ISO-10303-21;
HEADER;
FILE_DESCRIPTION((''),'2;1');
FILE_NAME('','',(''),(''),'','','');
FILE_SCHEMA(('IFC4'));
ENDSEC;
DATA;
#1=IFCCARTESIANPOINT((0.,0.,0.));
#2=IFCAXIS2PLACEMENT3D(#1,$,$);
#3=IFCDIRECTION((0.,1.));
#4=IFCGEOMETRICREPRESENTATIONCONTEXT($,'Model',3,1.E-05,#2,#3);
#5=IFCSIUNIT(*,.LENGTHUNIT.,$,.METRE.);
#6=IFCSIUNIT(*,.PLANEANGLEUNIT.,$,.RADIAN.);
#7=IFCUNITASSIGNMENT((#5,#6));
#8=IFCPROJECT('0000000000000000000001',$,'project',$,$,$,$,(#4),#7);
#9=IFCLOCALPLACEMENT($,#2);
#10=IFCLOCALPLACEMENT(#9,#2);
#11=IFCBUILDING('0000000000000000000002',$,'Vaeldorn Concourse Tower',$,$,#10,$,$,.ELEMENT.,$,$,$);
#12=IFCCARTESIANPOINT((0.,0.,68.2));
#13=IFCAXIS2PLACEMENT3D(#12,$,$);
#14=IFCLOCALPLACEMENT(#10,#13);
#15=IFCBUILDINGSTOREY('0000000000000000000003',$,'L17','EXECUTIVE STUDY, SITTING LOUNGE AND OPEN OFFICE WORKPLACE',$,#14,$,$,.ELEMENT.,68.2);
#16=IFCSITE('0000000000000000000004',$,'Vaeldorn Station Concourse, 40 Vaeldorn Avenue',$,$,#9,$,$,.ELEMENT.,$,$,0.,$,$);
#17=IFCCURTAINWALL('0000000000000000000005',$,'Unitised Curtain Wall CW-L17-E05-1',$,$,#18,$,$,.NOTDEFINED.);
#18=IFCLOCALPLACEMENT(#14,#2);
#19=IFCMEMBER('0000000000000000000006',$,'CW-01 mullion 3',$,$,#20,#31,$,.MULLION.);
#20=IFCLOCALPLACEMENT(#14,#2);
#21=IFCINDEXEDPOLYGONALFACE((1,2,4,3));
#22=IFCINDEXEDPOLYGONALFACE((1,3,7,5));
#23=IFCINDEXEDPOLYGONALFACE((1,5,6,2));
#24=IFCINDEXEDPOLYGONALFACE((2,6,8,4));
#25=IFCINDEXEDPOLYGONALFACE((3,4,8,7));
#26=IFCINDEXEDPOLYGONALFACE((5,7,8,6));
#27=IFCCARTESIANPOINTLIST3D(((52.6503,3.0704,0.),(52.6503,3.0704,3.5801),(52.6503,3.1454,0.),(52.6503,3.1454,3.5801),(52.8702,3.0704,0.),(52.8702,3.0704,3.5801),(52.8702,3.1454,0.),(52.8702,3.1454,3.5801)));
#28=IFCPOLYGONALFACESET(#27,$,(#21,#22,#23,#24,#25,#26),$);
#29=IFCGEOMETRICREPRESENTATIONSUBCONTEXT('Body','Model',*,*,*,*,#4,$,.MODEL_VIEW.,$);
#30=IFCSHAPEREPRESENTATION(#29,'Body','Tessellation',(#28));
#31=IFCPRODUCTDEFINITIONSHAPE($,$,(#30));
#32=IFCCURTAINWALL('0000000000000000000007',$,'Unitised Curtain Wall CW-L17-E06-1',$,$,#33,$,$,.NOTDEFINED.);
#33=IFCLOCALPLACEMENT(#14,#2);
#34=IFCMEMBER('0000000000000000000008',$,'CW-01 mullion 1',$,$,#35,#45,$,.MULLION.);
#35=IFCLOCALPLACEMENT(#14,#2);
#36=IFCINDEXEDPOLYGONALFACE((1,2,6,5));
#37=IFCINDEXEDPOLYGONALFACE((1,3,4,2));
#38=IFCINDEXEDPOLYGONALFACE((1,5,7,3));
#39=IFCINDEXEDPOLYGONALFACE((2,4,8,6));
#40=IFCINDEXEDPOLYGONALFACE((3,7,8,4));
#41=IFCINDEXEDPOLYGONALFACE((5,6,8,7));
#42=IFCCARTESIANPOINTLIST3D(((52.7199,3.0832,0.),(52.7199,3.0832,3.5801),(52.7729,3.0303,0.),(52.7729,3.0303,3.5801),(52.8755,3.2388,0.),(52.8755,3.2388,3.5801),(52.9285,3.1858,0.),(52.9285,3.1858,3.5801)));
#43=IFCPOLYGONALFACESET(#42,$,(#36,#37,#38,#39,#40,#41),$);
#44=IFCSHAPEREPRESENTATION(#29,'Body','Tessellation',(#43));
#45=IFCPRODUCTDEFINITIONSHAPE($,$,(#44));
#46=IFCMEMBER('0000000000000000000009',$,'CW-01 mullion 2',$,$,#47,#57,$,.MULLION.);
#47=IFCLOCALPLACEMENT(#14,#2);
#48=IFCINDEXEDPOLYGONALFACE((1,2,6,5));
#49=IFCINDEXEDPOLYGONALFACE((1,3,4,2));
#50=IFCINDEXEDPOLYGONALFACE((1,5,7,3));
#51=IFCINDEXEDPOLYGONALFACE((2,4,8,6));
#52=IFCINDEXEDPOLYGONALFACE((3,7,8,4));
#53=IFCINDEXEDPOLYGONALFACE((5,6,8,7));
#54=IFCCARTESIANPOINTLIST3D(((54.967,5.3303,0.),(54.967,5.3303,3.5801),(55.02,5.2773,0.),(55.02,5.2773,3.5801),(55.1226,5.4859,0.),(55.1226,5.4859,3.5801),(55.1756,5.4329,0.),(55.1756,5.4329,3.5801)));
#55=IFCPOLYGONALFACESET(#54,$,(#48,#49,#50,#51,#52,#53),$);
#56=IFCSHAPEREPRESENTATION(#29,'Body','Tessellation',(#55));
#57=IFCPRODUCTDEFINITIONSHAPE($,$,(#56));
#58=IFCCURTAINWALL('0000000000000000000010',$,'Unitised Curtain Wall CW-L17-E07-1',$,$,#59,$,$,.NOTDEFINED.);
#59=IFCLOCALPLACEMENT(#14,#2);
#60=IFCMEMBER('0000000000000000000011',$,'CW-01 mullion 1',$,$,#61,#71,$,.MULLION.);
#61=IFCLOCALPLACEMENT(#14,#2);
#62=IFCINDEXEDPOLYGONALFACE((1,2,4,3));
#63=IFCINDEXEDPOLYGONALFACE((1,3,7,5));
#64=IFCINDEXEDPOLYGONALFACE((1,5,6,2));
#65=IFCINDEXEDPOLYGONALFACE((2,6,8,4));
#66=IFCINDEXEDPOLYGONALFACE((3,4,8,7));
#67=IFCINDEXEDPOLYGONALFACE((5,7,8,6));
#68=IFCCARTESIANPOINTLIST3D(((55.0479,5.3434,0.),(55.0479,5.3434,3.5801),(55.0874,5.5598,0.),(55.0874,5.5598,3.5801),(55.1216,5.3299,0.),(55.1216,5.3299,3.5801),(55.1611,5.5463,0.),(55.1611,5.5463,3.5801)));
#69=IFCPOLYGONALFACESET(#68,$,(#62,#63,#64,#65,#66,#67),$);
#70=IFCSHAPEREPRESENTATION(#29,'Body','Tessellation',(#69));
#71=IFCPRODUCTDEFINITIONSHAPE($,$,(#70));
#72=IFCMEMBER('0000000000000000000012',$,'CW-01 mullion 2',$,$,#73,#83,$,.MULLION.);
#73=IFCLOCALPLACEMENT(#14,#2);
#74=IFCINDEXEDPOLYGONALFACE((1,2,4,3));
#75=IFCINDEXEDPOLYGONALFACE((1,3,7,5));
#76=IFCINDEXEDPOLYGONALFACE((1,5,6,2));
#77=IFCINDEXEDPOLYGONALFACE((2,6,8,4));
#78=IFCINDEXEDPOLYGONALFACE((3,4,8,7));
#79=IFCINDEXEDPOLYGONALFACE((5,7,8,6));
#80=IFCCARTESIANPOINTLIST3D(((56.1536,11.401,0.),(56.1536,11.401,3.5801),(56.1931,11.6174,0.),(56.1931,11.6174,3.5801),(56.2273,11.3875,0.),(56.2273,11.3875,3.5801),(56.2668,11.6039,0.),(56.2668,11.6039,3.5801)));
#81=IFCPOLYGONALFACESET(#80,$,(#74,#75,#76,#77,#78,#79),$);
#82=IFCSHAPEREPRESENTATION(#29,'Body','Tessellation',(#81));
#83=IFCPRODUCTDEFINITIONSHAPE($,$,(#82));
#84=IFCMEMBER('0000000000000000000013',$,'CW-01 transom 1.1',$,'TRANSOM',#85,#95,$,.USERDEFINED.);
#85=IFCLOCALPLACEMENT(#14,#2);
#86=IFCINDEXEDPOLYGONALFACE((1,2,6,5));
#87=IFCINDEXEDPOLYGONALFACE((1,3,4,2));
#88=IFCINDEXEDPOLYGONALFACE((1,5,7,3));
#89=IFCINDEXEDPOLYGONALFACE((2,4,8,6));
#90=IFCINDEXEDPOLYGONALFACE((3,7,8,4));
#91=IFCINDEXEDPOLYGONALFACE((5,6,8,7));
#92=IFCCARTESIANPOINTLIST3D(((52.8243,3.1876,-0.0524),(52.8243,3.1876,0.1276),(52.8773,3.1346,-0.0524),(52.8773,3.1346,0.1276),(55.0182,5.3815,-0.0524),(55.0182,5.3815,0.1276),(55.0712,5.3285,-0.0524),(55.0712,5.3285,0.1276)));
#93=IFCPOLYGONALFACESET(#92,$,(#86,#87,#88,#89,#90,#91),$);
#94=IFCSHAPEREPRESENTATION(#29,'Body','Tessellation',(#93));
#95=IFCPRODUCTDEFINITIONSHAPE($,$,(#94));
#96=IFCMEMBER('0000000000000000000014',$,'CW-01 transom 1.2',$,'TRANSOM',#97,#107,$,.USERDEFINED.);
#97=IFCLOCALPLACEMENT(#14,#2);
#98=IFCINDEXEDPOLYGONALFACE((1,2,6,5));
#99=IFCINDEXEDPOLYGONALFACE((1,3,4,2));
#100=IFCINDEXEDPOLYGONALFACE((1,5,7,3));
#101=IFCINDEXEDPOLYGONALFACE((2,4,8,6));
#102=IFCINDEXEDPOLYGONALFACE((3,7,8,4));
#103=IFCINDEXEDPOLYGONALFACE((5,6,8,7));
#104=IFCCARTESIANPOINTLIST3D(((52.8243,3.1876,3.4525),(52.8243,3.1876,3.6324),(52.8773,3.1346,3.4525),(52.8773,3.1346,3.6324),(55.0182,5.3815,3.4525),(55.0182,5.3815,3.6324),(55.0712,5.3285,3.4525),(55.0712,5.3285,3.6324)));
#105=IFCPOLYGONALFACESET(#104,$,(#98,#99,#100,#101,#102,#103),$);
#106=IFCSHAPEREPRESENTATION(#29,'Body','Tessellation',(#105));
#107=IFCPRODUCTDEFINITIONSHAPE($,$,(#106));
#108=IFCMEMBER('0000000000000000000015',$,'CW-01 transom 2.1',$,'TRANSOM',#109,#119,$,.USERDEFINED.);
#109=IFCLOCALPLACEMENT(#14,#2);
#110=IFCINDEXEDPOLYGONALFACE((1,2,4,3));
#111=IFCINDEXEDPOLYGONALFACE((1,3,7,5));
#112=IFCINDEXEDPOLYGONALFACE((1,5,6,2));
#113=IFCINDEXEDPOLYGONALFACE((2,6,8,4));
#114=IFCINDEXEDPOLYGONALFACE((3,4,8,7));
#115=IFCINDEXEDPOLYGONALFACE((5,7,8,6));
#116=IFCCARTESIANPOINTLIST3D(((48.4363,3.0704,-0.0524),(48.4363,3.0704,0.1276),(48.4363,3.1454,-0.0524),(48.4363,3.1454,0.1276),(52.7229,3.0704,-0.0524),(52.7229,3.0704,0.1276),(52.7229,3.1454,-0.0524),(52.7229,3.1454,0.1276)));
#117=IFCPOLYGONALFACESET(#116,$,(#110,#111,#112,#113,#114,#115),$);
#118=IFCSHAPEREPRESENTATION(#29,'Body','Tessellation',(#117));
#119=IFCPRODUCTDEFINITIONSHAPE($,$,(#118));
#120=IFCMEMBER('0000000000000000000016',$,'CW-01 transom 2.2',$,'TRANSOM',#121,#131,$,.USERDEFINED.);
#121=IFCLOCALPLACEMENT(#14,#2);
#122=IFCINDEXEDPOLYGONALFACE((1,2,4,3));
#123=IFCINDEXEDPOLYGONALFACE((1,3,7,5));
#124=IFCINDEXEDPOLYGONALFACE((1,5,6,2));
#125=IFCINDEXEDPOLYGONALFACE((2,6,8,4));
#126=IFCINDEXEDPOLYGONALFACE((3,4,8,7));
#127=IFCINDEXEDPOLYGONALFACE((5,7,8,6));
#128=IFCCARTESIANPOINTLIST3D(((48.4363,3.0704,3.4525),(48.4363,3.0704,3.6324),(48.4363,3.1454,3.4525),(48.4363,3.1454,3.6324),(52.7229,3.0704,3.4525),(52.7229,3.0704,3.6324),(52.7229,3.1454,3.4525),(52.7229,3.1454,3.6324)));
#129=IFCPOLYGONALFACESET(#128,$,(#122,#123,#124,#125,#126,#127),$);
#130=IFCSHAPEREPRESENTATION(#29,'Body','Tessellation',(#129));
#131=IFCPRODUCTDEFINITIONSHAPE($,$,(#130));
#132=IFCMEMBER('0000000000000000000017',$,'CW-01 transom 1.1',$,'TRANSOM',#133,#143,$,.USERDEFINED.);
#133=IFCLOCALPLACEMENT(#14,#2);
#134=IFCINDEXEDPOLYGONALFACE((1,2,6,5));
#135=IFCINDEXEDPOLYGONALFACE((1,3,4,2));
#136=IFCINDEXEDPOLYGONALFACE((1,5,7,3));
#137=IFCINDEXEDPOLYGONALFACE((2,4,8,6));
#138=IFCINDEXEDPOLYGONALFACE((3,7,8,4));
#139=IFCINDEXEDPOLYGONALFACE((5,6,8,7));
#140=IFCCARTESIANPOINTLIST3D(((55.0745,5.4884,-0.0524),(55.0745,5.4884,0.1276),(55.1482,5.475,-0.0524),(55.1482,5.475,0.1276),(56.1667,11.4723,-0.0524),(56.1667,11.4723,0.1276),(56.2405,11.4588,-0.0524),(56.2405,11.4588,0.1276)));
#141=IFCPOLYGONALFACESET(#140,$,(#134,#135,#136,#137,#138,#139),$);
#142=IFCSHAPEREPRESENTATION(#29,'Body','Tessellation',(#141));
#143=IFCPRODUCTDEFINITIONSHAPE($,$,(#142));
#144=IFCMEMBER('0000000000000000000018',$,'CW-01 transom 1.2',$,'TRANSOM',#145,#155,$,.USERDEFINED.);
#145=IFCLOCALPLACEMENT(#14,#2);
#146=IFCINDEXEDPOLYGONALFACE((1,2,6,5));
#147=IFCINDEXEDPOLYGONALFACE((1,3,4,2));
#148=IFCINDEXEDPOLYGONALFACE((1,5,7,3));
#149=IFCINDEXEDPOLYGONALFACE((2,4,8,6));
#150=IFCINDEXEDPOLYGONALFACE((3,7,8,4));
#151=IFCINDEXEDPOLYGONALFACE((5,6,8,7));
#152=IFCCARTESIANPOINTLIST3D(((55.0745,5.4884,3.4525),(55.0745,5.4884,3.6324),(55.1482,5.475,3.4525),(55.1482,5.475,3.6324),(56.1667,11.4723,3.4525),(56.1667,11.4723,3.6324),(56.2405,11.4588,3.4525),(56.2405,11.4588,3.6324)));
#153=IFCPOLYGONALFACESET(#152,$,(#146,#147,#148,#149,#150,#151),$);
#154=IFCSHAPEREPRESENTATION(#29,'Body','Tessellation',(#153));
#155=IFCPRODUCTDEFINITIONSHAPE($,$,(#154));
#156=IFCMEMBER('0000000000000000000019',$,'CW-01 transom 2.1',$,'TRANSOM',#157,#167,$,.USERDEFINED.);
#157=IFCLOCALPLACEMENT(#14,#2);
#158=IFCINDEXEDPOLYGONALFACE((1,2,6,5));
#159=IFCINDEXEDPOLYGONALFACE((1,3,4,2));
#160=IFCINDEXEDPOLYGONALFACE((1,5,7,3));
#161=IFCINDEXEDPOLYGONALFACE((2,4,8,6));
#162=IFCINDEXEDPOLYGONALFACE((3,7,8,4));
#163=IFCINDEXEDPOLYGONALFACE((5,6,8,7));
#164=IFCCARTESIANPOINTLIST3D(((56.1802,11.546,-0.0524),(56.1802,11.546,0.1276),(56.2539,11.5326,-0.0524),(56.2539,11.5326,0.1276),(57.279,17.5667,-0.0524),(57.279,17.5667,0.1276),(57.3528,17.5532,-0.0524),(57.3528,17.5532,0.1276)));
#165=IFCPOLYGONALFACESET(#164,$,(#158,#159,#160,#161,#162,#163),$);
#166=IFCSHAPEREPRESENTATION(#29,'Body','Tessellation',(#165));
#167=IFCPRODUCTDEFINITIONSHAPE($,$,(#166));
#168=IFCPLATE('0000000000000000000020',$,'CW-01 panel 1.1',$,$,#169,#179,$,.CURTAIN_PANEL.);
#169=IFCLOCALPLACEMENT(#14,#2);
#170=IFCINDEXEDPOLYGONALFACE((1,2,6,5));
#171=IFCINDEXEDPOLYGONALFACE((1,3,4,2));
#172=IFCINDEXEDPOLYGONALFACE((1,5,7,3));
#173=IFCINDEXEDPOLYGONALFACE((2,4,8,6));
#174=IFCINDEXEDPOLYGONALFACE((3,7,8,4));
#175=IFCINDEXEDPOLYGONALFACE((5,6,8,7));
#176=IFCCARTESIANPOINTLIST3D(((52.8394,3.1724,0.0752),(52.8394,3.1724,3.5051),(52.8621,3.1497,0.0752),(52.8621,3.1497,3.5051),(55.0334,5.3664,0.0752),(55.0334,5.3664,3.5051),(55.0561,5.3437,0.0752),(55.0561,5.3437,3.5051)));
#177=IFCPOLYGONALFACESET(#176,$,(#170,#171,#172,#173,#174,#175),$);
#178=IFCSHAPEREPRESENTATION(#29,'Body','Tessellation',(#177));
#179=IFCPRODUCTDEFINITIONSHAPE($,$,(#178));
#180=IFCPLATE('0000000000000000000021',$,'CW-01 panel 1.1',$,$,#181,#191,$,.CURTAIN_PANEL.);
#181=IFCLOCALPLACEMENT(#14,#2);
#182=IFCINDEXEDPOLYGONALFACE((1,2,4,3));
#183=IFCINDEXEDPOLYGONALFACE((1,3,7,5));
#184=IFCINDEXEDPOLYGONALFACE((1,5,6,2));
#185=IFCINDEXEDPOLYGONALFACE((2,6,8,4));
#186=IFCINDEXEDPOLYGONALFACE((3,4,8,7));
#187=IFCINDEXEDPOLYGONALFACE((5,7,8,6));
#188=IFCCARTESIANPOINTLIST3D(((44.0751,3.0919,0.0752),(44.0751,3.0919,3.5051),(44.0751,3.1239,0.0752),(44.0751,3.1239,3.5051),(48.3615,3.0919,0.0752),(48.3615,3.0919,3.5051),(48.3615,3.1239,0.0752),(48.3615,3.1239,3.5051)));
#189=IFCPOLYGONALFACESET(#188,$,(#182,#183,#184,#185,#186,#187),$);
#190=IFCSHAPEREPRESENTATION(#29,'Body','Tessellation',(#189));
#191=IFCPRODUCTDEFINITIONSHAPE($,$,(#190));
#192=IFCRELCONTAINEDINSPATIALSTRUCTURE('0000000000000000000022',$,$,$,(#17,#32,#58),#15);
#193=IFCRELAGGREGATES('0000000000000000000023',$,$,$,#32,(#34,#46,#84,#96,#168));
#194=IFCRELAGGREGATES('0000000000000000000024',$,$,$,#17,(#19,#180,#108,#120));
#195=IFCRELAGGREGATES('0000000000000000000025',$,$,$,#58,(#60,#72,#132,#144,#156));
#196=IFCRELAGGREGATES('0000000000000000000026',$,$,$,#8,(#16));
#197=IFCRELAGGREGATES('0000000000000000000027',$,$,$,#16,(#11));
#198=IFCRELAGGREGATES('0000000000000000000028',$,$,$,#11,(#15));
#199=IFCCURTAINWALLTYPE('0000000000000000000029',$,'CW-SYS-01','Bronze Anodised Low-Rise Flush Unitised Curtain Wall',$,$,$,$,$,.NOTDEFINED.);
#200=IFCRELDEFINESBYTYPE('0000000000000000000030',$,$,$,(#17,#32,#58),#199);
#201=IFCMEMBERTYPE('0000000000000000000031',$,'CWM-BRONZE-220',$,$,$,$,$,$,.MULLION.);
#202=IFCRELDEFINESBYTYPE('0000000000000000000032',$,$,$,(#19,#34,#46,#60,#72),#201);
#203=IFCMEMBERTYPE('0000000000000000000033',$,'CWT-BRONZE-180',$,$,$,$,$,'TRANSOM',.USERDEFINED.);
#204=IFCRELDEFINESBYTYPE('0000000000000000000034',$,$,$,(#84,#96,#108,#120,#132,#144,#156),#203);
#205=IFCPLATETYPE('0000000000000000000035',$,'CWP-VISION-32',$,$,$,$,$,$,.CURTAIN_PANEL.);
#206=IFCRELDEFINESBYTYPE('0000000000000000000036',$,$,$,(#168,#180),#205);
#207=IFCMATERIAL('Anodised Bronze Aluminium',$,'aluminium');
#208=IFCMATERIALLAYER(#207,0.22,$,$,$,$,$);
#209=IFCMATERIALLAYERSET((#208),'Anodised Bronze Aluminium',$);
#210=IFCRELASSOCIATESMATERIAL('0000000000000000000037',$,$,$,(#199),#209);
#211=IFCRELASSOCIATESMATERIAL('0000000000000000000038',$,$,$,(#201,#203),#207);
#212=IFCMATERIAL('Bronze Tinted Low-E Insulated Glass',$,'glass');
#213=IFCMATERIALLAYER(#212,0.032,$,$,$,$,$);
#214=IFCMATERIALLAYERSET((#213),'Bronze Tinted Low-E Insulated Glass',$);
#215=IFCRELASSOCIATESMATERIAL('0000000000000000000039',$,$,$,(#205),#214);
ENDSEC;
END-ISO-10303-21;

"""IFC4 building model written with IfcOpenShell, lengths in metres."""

from ifc_helpers import new_model, si_unit, direction, frame, origin, origin_2d, place, context, subcontext, project, spatial, rectangle, extrude, source, transform, mapped, material, layer, layer_set, material_profile, profile_set, type_object, element, aggregate, save


model = new_model("IFC4")

# Units and contexts
model_context = context("Model", 3, precision=1e-05, world=origin(), true_north=direction((0.0, 1.0)))
body_context = subcontext(model_context, "Body", "Model", "MODEL_VIEW")
ifc_project = project(units=[si_unit("LENGTHUNIT", "METRE"), si_unit("PLANEANGLEUNIT", "RADIAN")], contexts=[model_context])

# Site, building, storey
site_placement = place(None, origin())
site = spatial("IfcSite", under=ifc_project, at=site_placement, Name="Vaeldorn Station Concourse, 40 Vaeldorn Avenue", CompositionType="ELEMENT", RefElevation=0.0)
building_placement = place(site_placement, origin())
building = spatial("IfcBuilding", under=site, at=building_placement, Name="Vaeldorn Concourse Tower", CompositionType="ELEMENT")
storey_placement = place(building_placement, frame((0.0, 0.0, 68.2)))
storey = spatial("IfcBuildingStorey", under=building, at=storey_placement, Name="L17", Description="EXECUTIVE STUDY, SITTING LOUNGE AND OPEN OFFICE WORKPLACE", CompositionType="ELEMENT", Elevation=68.2)

# Curtain walls, members
ifc_material_1 = material(Name="Anodised Bronze Aluminium", Category="aluminium")
ifc_layer_1 = layer(ifc_material_1, 0.22)
ifc_layer_set_1 = layer_set([ifc_layer_1], Name="Anodised Bronze Aluminium")
curtain_wall_type = type_object("IfcCurtainWallType", Name="CW-SYS-01", Description="Bronze Anodised Low-Rise Flush Unitised Curtain Wall", PredefinedType="NOTDEFINED", material=ifc_layer_set_1)
curtain_wall_1_placement = place(storey_placement, origin())
curtain_wall_1 = element("IfcCurtainWall", 1, at=curtain_wall_1_placement, inside=storey, type_object=curtain_wall_type, Name="Unitised Curtain Wall CW-L17-E05-1", PredefinedType="NOTDEFINED")
ifc_material_profile_1 = material_profile(ifc_material_1, rectangle(XDim=0.075, YDim=0.22, at=origin_2d()), Name="CWM 75x220")
ifc_profile_set_1 = profile_set([ifc_material_profile_1], Name="Anodised Bronze Aluminium")
member_type_1 = type_object("IfcMemberType", Name="CWM-BRONZE-220", PredefinedType="MULLION", material=ifc_profile_set_1)
shared_shape_1 = source(origin(), body_context, "Body", "SweptSolid", [
    extrude(rectangle(XDim=0.075, YDim=0.22, at=origin_2d()), origin(), (0.0, 0.0, 1.0), 3.5801),
])
member_1_placement = place(storey_placement, frame((52.7603, 3.1079, 0.0), z_axis=(0.0, 0.0, 1.0), x_axis=(0.0, 1.0, 0.0)))
member_1 = element("IfcMember", 2, at=member_1_placement, type_object=member_type_1, Name="CW-01 mullion 3", PredefinedType="MULLION", context=body_context, shape_type="MappedRepresentation", body=[
    mapped(shared_shape_1, transform((0.0, 0.0, 0.0), scale=1.0)),
])
curtain_wall_2_placement = place(storey_placement, origin())
curtain_wall_2 = element("IfcCurtainWall", 3, at=curtain_wall_2_placement, inside=storey, type_object=curtain_wall_type, Name="Unitised Curtain Wall CW-L17-E06-1", PredefinedType="NOTDEFINED")
member_2_placement = place(storey_placement, frame((52.8242, 3.1345, 0.0), z_axis=(0.0, 0.0, 1.0), x_axis=(-0.707107, 0.707107, 0.0)))
member_2 = element("IfcMember", 4, at=member_2_placement, type_object=member_type_1, Name="CW-01 mullion 1", PredefinedType="MULLION", context=body_context, shape_type="MappedRepresentation", body=[
    mapped(shared_shape_1, transform((0.0, 0.0, 0.0), scale=1.0)),
])
member_3_placement = place(storey_placement, frame((55.0713, 5.3816, 0.0), z_axis=(0.0, 0.0, 1.0), x_axis=(-0.707107, 0.707107, 0.0)))
member_3 = element("IfcMember", 5, at=member_3_placement, type_object=member_type_1, Name="CW-01 mullion 2", PredefinedType="MULLION", context=body_context, shape_type="MappedRepresentation", body=[
    mapped(shared_shape_1, transform((0.0, 0.0, 0.0), scale=1.0)),
])
curtain_wall_3_placement = place(storey_placement, origin())
curtain_wall_3 = element("IfcCurtainWall", 6, at=curtain_wall_3_placement, inside=storey, type_object=curtain_wall_type, Name="Unitised Curtain Wall CW-L17-E07-1", PredefinedType="NOTDEFINED")
member_4_placement = place(storey_placement, frame((55.1045, 5.4448, 0.0), z_axis=(0.0, 0.0, 1.0), x_axis=(-0.983746, 0.179565, 0.0)))
member_4 = element("IfcMember", 7, at=member_4_placement, type_object=member_type_1, Name="CW-01 mullion 1", PredefinedType="MULLION", context=body_context, shape_type="MappedRepresentation", body=[
    mapped(shared_shape_1, transform((0.0, 0.0, 0.0), scale=1.0)),
])
member_5_placement = place(storey_placement, frame((56.2102, 11.5024, 0.0), z_axis=(0.0, 0.0, 1.0), x_axis=(-0.983746, 0.179565, 0.0)))
member_5 = element("IfcMember", 8, at=member_5_placement, type_object=member_type_1, Name="CW-01 mullion 2", PredefinedType="MULLION", context=body_context, shape_type="MappedRepresentation", body=[
    mapped(shared_shape_1, transform((0.0, 0.0, 0.0), scale=1.0)),
])

# Members
ifc_material_profile_2 = material_profile(ifc_material_1, rectangle(XDim=0.075, YDim=0.1799, at=origin_2d()), Name="CWT 75x180")
ifc_profile_set_2 = profile_set([ifc_material_profile_2], Name="Anodised Bronze Aluminium")
member_type_2 = type_object("IfcMemberType", Name="CWT-BRONZE-180", ElementType="TRANSOM", PredefinedType="USERDEFINED", material=ifc_profile_set_2)
shared_shape_2 = source(origin(), body_context, "Body", "SweptSolid", [
    extrude(rectangle(XDim=0.075, YDim=0.1799, at=origin_2d()), origin(), (0.0, 0.0, 1.0), 3.1025),
])
member_6_placement = place(storey_placement, frame((52.8508, 3.1611, 0.0376), z_axis=(0.707107, 0.707107, 0.0), x_axis=(-0.707107, 0.707107, 0.0)))
member_6 = element("IfcMember", 9, at=member_6_placement, type_object=member_type_2, Name="CW-01 transom 1.1", ObjectType="TRANSOM", PredefinedType="USERDEFINED", context=body_context, shape_type="MappedRepresentation", body=[
    mapped(shared_shape_2, transform((0.0, 0.0, 0.0), scale=1.0)),
])
member_7_placement = place(storey_placement, frame((52.8508, 3.1611, 3.5425), z_axis=(0.707107, 0.707107, 0.0), x_axis=(-0.707107, 0.707107, 0.0)))
member_7 = element("IfcMember", 10, at=member_7_placement, type_object=member_type_2, Name="CW-01 transom 1.2", ObjectType="TRANSOM", PredefinedType="USERDEFINED", context=body_context, shape_type="MappedRepresentation", body=[
    mapped(shared_shape_2, transform((0.0, 0.0, 0.0), scale=1.0)),
])
shared_shape_3 = source(origin(), body_context, "Body", "SweptSolid", [
    extrude(rectangle(XDim=0.075, YDim=0.1799, at=origin_2d()), origin(), (0.0, 0.0, 1.0), 4.2866),
])
member_8_placement = place(storey_placement, frame((48.4363, 3.1079, 0.0376), z_axis=(1.0, 0.0, 0.0), x_axis=(0.0, 1.0, 0.0)))
member_8 = element("IfcMember", 11, at=member_8_placement, type_object=member_type_2, Name="CW-01 transom 2.1", ObjectType="TRANSOM", PredefinedType="USERDEFINED", context=body_context, shape_type="MappedRepresentation", body=[
    mapped(shared_shape_3, transform((0.0, 0.0, 0.0), scale=1.0)),
])
member_9_placement = place(storey_placement, frame((48.4363, 3.1079, 3.5425), z_axis=(1.0, 0.0, 0.0), x_axis=(0.0, 1.0, 0.0)))
member_9 = element("IfcMember", 12, at=member_9_placement, type_object=member_type_2, Name="CW-01 transom 2.2", ObjectType="TRANSOM", PredefinedType="USERDEFINED", context=body_context, shape_type="MappedRepresentation", body=[
    mapped(shared_shape_3, transform((0.0, 0.0, 0.0), scale=1.0)),
])
shared_shape_4 = source(origin(), body_context, "Body", "SweptSolid", [
    extrude(rectangle(XDim=0.075, YDim=0.1799, at=origin_2d()), origin(), (0.0, 0.0, 1.0), 6.0828),
])
member_10_placement = place(storey_placement, frame((55.1113, 5.4817, 0.0376), z_axis=(0.179571, 0.983745, 0.0), x_axis=(-0.983745, 0.179571, 0.0)))
member_10 = element("IfcMember", 13, at=member_10_placement, type_object=member_type_2, Name="CW-01 transom 1.1", ObjectType="TRANSOM", PredefinedType="USERDEFINED", context=body_context, shape_type="MappedRepresentation", body=[
    mapped(shared_shape_4, transform((0.0, 0.0, 0.0), scale=1.0)),
])
member_11_placement = place(storey_placement, frame((55.1113, 5.4817, 3.5425), z_axis=(0.179571, 0.983745, 0.0), x_axis=(-0.983745, 0.179571, 0.0)))
member_11 = element("IfcMember", 14, at=member_11_placement, type_object=member_type_2, Name="CW-01 transom 1.2", ObjectType="TRANSOM", PredefinedType="USERDEFINED", context=body_context, shape_type="MappedRepresentation", body=[
    mapped(shared_shape_4, transform((0.0, 0.0, 0.0), scale=1.0)),
])
shared_shape_5 = source(origin(), body_context, "Body", "SweptSolid", [
    extrude(rectangle(XDim=0.075, YDim=0.1799, at=origin_2d()), origin(), (0.0, 0.0, 1.0), 6.1201),
])
member_12_placement = place(storey_placement, frame((56.217, 11.5393, 0.0376), z_axis=(0.179549, 0.983749, 0.0), x_axis=(-0.983749, 0.179549, 0.0)))
member_12 = element("IfcMember", 15, at=member_12_placement, type_object=member_type_2, Name="CW-01 transom 2.1", ObjectType="TRANSOM", PredefinedType="USERDEFINED", context=body_context, shape_type="MappedRepresentation", body=[
    mapped(shared_shape_5, transform((0.0, 0.0, 0.0), scale=1.0)),
])

# Plates
ifc_material_2 = material(Name="Bronze Tinted Low-E Insulated Glass", Category="glass")
ifc_layer_2 = layer(ifc_material_2, 0.032)
ifc_layer_set_2 = layer_set([ifc_layer_2], Name="Bronze Tinted Low-E Insulated Glass")
plate_type = type_object("IfcPlateType", Name="CWP-VISION-32", PredefinedType="CURTAIN_PANEL", material=ifc_layer_set_2)
shared_shape_6 = source(origin(), body_context, "Body", "SweptSolid", [
    extrude(rectangle(XDim=3.1028, YDim=0.032, at=origin_2d()), origin(), (0.0, 0.0, 1.0), 3.4299),
])
plate_1_placement = place(storey_placement, frame((53.9478, 4.2581, 0.0752), z_axis=(0.0, 0.0, 1.0), x_axis=(0.707107, 0.707107, 0.0)))
plate_1 = element("IfcPlate", 16, at=plate_1_placement, type_object=plate_type, Name="CW-01 panel 1.1", PredefinedType="CURTAIN_PANEL", context=body_context, shape_type="MappedRepresentation", body=[
    mapped(shared_shape_6, transform((0.0, 0.0, 0.0), scale=1.0)),
])
aggregate(curtain_wall_2, [member_2, member_3, member_6, member_7, plate_1])
shared_shape_7 = source(origin(), body_context, "Body", "SweptSolid", [
    extrude(rectangle(XDim=4.2864, YDim=0.032, at=origin_2d()), origin(), (0.0, 0.0, 1.0), 3.4299),
])
plate_2_placement = place(storey_placement, frame((46.2183, 3.1079, 0.0752), z_axis=(0.0, 0.0, 1.0), x_axis=(1.0, 0.0, 0.0)))
plate_2 = element("IfcPlate", 17, at=plate_2_placement, type_object=plate_type, Name="CW-01 panel 1.1", PredefinedType="CURTAIN_PANEL", context=body_context, shape_type="MappedRepresentation", body=[
    mapped(shared_shape_7, transform((0.0, 0.0, 0.0), scale=1.0)),
])
aggregate(curtain_wall_1, [member_1, plate_2, member_8, member_9])
aggregate(curtain_wall_3, [member_4, member_5, member_10, member_11, member_12])

save(model, "model.ifc")
